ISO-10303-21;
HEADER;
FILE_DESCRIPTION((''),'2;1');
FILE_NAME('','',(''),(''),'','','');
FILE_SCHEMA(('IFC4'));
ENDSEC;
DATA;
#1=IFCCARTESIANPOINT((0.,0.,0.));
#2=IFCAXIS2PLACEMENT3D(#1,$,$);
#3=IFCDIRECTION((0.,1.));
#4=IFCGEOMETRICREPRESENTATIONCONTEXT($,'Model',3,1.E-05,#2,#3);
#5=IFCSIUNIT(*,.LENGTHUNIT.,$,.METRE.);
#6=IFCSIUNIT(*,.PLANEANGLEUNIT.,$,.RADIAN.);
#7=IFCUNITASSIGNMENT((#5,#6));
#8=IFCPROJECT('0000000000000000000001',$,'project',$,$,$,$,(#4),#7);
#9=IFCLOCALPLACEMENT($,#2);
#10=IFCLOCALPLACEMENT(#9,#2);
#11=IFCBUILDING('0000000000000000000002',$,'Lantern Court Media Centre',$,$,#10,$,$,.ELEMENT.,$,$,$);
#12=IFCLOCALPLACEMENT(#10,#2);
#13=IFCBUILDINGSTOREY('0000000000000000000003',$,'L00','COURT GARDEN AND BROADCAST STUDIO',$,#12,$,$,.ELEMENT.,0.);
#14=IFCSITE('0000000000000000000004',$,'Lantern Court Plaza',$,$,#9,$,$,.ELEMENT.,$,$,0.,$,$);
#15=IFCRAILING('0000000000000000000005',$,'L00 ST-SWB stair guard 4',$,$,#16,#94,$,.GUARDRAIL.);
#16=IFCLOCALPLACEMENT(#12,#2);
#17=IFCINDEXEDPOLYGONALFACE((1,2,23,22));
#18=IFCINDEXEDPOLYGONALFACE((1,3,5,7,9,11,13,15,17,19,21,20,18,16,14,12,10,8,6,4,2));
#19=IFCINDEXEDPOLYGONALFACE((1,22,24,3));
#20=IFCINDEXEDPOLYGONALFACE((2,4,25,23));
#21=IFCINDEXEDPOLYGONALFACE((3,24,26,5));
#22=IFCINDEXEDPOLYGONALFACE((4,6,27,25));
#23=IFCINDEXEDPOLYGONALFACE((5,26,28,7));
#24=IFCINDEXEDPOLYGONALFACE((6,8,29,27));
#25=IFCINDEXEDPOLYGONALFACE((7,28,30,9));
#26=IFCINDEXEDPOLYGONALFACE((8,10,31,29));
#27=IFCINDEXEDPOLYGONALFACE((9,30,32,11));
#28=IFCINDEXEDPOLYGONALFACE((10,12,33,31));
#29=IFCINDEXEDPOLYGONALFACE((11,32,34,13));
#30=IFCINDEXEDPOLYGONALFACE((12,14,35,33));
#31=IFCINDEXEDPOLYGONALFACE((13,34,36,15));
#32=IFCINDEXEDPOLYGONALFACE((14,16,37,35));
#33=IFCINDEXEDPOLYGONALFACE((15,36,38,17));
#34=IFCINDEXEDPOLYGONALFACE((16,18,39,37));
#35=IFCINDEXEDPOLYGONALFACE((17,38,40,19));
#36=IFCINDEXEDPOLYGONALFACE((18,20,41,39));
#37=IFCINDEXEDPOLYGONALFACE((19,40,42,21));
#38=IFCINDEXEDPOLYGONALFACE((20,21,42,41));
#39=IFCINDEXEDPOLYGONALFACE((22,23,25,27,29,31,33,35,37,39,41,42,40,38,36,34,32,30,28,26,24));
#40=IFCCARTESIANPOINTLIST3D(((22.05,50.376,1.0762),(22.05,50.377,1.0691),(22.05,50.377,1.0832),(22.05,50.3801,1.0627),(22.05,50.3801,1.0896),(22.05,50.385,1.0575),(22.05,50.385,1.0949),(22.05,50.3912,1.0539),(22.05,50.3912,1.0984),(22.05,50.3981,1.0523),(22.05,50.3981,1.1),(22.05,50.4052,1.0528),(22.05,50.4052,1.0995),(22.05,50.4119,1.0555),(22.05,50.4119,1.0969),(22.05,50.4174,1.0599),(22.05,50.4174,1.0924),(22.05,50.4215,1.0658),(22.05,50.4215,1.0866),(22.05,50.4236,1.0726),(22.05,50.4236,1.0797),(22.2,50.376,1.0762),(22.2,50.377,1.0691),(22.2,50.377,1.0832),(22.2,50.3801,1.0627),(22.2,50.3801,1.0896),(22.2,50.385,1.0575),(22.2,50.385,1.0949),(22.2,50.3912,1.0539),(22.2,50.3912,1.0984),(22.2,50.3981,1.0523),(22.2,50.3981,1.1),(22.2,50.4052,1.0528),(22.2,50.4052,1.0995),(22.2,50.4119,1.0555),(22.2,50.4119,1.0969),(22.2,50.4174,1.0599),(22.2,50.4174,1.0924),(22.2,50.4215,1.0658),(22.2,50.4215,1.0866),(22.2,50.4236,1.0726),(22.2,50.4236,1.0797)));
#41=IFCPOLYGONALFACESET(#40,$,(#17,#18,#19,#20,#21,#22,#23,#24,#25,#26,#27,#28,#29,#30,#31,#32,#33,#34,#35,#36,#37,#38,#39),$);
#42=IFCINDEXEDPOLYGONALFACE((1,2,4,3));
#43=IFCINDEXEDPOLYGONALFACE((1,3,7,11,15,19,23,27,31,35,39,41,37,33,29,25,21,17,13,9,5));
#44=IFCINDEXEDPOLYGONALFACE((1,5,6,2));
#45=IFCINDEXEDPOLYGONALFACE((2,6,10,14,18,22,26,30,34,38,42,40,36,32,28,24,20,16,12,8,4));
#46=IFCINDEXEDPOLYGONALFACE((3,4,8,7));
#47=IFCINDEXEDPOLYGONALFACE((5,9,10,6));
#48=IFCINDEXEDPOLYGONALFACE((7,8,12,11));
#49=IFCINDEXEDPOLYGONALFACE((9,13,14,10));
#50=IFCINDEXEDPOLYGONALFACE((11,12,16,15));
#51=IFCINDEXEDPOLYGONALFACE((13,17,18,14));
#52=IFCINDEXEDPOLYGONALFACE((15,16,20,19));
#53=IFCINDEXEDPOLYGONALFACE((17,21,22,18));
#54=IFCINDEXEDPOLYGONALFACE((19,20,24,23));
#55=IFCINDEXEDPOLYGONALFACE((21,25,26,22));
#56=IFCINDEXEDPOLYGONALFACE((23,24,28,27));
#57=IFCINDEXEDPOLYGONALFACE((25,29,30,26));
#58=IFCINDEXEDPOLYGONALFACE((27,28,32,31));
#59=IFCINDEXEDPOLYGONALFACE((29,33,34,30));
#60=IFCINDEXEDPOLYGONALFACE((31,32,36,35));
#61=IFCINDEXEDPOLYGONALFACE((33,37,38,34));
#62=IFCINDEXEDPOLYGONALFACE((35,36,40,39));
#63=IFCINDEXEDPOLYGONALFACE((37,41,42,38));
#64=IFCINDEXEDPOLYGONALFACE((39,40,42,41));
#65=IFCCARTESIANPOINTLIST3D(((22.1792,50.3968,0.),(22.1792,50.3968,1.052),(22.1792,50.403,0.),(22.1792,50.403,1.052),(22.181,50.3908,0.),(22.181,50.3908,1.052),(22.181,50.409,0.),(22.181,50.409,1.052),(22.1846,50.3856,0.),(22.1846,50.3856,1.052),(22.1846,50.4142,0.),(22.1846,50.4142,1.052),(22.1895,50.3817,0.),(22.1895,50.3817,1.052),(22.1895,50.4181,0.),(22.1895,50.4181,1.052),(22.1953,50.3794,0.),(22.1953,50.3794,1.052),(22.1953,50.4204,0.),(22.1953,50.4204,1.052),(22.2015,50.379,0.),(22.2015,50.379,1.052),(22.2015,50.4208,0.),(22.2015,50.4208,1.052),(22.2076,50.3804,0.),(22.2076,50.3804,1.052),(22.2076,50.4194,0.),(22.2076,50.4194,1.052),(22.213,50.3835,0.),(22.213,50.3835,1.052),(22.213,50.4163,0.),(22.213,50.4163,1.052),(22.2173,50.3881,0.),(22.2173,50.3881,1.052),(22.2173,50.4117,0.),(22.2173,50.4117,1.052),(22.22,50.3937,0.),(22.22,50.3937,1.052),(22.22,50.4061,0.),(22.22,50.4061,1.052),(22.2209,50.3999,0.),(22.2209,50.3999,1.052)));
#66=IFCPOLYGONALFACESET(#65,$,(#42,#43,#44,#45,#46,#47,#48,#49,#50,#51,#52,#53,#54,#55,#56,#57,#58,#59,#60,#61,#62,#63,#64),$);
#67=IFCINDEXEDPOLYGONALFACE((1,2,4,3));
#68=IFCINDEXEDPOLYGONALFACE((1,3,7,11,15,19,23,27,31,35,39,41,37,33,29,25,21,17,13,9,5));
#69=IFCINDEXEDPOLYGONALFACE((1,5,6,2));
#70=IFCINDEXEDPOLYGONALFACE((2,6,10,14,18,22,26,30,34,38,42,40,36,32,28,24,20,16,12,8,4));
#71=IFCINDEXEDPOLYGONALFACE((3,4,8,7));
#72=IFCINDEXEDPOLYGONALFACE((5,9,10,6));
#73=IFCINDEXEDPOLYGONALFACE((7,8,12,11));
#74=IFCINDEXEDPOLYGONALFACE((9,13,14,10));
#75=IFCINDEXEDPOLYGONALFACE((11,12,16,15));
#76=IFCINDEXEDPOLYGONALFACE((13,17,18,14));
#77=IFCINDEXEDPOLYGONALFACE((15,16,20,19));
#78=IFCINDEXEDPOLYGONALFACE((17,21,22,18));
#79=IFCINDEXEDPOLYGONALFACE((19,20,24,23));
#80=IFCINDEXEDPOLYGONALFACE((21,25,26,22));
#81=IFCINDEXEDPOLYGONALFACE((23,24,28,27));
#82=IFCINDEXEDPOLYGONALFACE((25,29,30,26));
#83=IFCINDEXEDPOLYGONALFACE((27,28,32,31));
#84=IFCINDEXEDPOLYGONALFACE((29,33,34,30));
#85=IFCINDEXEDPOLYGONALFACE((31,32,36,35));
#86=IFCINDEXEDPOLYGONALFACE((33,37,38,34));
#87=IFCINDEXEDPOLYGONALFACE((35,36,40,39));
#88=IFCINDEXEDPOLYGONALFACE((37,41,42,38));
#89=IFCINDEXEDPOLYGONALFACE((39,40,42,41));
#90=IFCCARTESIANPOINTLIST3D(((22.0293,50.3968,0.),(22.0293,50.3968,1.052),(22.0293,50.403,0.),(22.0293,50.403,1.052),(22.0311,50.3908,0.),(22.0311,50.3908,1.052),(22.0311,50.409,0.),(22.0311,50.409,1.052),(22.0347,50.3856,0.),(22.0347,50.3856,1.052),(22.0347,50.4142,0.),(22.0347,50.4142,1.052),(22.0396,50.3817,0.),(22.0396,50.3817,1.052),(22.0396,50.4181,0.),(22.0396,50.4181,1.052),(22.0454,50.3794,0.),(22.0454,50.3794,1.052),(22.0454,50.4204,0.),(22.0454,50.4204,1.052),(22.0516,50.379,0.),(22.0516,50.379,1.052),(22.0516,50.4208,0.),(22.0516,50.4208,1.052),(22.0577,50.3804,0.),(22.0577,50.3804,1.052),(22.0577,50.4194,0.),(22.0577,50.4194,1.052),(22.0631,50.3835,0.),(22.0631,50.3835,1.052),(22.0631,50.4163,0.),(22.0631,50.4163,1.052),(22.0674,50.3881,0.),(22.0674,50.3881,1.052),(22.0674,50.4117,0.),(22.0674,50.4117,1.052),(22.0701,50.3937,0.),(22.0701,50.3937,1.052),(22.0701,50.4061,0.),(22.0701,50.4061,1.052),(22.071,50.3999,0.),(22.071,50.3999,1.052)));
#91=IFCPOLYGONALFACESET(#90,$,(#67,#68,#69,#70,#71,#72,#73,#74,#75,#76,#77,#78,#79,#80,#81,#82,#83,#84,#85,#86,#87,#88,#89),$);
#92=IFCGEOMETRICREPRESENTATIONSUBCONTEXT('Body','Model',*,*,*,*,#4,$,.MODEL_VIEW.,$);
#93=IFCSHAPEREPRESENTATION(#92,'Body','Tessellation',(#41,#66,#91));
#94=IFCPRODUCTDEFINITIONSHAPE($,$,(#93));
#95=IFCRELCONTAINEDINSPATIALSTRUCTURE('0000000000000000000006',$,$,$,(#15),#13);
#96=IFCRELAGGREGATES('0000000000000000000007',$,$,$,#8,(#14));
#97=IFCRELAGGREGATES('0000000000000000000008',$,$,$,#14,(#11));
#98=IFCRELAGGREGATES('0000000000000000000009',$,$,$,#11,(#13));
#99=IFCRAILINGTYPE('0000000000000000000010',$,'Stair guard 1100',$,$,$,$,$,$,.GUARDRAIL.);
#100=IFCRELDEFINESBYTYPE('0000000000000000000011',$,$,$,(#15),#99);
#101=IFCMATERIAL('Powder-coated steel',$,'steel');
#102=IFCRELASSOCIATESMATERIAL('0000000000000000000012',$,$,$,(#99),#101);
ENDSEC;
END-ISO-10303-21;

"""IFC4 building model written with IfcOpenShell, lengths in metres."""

from ifc_helpers import new_model, si_unit, direction, frame, origin, origin_2d, place, context, subcontext, project, spatial, circle, extrude, material, type_object, element, save


model = new_model("IFC4")

# Units and contexts
model_context = context("Model", 3, precision=1e-05, world=origin(), true_north=direction((0.0, 1.0)))
body_context = subcontext(model_context, "Body", "Model", "MODEL_VIEW")
ifc_project = project(units=[si_unit("LENGTHUNIT", "METRE"), si_unit("PLANEANGLEUNIT", "RADIAN")], contexts=[model_context])

# Site, building, storey
site_placement = place(None, origin())
site = spatial("IfcSite", under=ifc_project, at=site_placement, Name="Lantern Court Plaza", CompositionType="ELEMENT", RefElevation=0.0)
building_placement = place(site_placement, origin())
building = spatial("IfcBuilding", under=site, at=building_placement, Name="Lantern Court Media Centre", CompositionType="ELEMENT")
storey_placement = place(building_placement, origin())
storey = spatial("IfcBuildingStorey", under=building, at=storey_placement, Name="L00", Description="COURT GARDEN AND BROADCAST STUDIO", CompositionType="ELEMENT", Elevation=0.0)

# Railing
ifc_material_1 = material(Name="Powder-coated steel", Category="steel")
railing_type_1 = type_object("IfcRailingType", Name="Stair guard 1100", PredefinedType="GUARDRAIL", material=ifc_material_1)
railing_1_placement = place(storey_placement, frame((22.2, 50.3999, 0.0)))
element("IfcRailing", 1, at=railing_1_placement, inside=storey, type_object=railing_type_1, Name="L00 ST-SWB stair guard 4", PredefinedType="GUARDRAIL", context=body_context, shape_type="SweptSolid", body=[
    extrude(circle(Radius=0.0239, at=origin_2d()), frame((0.0, 0.0, 1.0762), z_axis=(-1.0, 0.0, 0.0), x_axis=(0.0, -1.0, 0.0)), (0.0, 0.0, 1.0), 0.1499),
    extrude(circle(Radius=0.021, at=origin_2d()), origin(), (0.0, 0.0, 1.0), 1.052),
    extrude(circle(Radius=0.021, at=origin_2d()), frame((-0.1499, 0.0, 0.0)), (0.0, 0.0, 1.0), 1.052),
])

save(model, "model.ifc")
